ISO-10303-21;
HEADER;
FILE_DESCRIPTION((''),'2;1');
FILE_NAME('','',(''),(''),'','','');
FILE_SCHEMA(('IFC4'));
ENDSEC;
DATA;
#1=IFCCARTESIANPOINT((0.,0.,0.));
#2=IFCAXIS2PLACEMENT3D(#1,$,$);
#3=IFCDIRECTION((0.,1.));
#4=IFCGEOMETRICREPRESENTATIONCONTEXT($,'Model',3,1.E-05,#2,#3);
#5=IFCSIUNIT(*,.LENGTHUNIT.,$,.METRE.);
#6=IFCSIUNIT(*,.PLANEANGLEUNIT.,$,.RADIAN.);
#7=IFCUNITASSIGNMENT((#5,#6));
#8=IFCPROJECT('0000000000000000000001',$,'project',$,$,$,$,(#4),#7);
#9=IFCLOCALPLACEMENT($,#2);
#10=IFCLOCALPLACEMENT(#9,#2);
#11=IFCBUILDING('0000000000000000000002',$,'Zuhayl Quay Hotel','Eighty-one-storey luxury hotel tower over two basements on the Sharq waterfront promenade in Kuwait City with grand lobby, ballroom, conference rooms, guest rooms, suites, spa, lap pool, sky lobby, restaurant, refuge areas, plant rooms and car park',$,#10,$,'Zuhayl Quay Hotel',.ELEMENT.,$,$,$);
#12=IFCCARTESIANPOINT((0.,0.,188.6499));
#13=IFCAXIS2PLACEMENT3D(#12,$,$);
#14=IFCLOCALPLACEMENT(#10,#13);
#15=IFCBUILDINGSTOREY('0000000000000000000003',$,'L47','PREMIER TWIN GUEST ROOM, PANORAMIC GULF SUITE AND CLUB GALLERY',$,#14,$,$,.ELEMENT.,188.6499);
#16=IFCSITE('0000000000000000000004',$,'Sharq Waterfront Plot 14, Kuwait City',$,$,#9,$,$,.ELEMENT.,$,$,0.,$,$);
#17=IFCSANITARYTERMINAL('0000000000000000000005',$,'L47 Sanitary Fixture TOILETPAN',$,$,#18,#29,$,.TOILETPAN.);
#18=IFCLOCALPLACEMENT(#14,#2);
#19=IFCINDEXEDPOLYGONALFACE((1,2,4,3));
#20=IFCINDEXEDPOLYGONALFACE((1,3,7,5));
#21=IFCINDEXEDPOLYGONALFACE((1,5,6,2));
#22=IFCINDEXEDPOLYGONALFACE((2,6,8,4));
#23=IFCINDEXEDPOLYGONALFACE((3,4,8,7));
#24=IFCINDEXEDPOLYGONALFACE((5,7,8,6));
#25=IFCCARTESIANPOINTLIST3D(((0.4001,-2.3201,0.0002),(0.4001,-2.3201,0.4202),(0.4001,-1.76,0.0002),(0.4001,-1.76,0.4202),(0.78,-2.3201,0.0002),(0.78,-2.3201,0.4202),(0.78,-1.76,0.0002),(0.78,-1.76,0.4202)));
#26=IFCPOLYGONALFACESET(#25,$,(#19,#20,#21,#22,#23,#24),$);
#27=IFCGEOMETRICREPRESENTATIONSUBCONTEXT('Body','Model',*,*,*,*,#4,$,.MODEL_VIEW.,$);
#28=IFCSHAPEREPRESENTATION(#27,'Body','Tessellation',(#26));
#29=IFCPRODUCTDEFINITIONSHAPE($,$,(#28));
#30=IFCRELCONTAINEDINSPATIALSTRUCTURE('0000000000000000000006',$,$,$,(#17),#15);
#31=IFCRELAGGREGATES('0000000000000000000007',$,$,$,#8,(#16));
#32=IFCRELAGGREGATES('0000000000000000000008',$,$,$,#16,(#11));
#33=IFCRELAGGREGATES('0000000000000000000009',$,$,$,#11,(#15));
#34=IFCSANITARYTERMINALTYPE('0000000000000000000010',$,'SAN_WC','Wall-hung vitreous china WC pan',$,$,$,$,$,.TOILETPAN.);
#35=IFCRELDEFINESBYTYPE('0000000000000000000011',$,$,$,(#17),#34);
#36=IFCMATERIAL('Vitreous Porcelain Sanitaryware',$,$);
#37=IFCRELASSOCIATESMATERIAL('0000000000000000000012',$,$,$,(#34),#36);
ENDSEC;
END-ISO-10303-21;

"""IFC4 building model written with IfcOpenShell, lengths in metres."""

from ifc_helpers import new_model, si_unit, direction, frame, origin, origin_2d, place, context, subcontext, project, spatial, rectangle, extrude, material, type_object, element, save


model = new_model("IFC4")

# Units and contexts
model_context = context("Model", 3, precision=1e-05, world=origin(), true_north=direction((0.0, 1.0)))
body_context = subcontext(model_context, "Body", "Model", "MODEL_VIEW")
ifc_project = project(units=[si_unit("LENGTHUNIT", "METRE"), si_unit("PLANEANGLEUNIT", "RADIAN")], contexts=[model_context])

# Site, building, storey
site_placement = place(None, origin())
site = spatial("IfcSite", under=ifc_project, at=site_placement, Name="Sharq Waterfront Plot 14, Kuwait City", CompositionType="ELEMENT", RefElevation=0.0)
building_placement = place(site_placement, origin())
building = spatial("IfcBuilding", under=site, at=building_placement, Name="Zuhayl Quay Hotel", Description="Eighty-one-storey luxury hotel tower over two basements on the Sharq waterfront promenade in Kuwait City with grand lobby, ballroom, conference rooms, guest rooms, suites, spa, lap pool, sky lobby, restaurant, refuge areas, plant rooms and car park", LongName="Zuhayl Quay Hotel", CompositionType="ELEMENT")
storey_placement = place(building_placement, frame((0.0, 0.0, 188.6499)))
storey = spatial("IfcBuildingStorey", under=building, at=storey_placement, Name="L47", Description="PREMIER TWIN GUEST ROOM, PANORAMIC GULF SUITE AND CLUB GALLERY", CompositionType="ELEMENT", Elevation=188.6499)

# Sanitary terminal
ifc_material_1 = material(Name="Vitreous Porcelain Sanitaryware")
sanitary_terminal_type_1 = type_object("IfcSanitaryTerminalType", Name="SAN_WC", Description="Wall-hung vitreous china WC pan", PredefinedType="TOILETPAN", material=ifc_material_1)
sanitary_terminal_1_placement = place(storey_placement, frame((0.5901, -2.04, 0.0002), z_axis=(0.0, 0.0, 1.0), x_axis=(1.0, 0.0, 0.0)))
element("IfcSanitaryTerminal", 1, at=sanitary_terminal_1_placement, inside=storey, type_object=sanitary_terminal_type_1, Name="L47 Sanitary Fixture TOILETPAN", PredefinedType="TOILETPAN", context=body_context, shape_type="SweptSolid", body=[
    extrude(rectangle(XDim=0.3799, YDim=0.5601, at=origin_2d()), origin(), (0.0, 0.0, 1.0), 0.4199),
])

save(model, "model.ifc")
